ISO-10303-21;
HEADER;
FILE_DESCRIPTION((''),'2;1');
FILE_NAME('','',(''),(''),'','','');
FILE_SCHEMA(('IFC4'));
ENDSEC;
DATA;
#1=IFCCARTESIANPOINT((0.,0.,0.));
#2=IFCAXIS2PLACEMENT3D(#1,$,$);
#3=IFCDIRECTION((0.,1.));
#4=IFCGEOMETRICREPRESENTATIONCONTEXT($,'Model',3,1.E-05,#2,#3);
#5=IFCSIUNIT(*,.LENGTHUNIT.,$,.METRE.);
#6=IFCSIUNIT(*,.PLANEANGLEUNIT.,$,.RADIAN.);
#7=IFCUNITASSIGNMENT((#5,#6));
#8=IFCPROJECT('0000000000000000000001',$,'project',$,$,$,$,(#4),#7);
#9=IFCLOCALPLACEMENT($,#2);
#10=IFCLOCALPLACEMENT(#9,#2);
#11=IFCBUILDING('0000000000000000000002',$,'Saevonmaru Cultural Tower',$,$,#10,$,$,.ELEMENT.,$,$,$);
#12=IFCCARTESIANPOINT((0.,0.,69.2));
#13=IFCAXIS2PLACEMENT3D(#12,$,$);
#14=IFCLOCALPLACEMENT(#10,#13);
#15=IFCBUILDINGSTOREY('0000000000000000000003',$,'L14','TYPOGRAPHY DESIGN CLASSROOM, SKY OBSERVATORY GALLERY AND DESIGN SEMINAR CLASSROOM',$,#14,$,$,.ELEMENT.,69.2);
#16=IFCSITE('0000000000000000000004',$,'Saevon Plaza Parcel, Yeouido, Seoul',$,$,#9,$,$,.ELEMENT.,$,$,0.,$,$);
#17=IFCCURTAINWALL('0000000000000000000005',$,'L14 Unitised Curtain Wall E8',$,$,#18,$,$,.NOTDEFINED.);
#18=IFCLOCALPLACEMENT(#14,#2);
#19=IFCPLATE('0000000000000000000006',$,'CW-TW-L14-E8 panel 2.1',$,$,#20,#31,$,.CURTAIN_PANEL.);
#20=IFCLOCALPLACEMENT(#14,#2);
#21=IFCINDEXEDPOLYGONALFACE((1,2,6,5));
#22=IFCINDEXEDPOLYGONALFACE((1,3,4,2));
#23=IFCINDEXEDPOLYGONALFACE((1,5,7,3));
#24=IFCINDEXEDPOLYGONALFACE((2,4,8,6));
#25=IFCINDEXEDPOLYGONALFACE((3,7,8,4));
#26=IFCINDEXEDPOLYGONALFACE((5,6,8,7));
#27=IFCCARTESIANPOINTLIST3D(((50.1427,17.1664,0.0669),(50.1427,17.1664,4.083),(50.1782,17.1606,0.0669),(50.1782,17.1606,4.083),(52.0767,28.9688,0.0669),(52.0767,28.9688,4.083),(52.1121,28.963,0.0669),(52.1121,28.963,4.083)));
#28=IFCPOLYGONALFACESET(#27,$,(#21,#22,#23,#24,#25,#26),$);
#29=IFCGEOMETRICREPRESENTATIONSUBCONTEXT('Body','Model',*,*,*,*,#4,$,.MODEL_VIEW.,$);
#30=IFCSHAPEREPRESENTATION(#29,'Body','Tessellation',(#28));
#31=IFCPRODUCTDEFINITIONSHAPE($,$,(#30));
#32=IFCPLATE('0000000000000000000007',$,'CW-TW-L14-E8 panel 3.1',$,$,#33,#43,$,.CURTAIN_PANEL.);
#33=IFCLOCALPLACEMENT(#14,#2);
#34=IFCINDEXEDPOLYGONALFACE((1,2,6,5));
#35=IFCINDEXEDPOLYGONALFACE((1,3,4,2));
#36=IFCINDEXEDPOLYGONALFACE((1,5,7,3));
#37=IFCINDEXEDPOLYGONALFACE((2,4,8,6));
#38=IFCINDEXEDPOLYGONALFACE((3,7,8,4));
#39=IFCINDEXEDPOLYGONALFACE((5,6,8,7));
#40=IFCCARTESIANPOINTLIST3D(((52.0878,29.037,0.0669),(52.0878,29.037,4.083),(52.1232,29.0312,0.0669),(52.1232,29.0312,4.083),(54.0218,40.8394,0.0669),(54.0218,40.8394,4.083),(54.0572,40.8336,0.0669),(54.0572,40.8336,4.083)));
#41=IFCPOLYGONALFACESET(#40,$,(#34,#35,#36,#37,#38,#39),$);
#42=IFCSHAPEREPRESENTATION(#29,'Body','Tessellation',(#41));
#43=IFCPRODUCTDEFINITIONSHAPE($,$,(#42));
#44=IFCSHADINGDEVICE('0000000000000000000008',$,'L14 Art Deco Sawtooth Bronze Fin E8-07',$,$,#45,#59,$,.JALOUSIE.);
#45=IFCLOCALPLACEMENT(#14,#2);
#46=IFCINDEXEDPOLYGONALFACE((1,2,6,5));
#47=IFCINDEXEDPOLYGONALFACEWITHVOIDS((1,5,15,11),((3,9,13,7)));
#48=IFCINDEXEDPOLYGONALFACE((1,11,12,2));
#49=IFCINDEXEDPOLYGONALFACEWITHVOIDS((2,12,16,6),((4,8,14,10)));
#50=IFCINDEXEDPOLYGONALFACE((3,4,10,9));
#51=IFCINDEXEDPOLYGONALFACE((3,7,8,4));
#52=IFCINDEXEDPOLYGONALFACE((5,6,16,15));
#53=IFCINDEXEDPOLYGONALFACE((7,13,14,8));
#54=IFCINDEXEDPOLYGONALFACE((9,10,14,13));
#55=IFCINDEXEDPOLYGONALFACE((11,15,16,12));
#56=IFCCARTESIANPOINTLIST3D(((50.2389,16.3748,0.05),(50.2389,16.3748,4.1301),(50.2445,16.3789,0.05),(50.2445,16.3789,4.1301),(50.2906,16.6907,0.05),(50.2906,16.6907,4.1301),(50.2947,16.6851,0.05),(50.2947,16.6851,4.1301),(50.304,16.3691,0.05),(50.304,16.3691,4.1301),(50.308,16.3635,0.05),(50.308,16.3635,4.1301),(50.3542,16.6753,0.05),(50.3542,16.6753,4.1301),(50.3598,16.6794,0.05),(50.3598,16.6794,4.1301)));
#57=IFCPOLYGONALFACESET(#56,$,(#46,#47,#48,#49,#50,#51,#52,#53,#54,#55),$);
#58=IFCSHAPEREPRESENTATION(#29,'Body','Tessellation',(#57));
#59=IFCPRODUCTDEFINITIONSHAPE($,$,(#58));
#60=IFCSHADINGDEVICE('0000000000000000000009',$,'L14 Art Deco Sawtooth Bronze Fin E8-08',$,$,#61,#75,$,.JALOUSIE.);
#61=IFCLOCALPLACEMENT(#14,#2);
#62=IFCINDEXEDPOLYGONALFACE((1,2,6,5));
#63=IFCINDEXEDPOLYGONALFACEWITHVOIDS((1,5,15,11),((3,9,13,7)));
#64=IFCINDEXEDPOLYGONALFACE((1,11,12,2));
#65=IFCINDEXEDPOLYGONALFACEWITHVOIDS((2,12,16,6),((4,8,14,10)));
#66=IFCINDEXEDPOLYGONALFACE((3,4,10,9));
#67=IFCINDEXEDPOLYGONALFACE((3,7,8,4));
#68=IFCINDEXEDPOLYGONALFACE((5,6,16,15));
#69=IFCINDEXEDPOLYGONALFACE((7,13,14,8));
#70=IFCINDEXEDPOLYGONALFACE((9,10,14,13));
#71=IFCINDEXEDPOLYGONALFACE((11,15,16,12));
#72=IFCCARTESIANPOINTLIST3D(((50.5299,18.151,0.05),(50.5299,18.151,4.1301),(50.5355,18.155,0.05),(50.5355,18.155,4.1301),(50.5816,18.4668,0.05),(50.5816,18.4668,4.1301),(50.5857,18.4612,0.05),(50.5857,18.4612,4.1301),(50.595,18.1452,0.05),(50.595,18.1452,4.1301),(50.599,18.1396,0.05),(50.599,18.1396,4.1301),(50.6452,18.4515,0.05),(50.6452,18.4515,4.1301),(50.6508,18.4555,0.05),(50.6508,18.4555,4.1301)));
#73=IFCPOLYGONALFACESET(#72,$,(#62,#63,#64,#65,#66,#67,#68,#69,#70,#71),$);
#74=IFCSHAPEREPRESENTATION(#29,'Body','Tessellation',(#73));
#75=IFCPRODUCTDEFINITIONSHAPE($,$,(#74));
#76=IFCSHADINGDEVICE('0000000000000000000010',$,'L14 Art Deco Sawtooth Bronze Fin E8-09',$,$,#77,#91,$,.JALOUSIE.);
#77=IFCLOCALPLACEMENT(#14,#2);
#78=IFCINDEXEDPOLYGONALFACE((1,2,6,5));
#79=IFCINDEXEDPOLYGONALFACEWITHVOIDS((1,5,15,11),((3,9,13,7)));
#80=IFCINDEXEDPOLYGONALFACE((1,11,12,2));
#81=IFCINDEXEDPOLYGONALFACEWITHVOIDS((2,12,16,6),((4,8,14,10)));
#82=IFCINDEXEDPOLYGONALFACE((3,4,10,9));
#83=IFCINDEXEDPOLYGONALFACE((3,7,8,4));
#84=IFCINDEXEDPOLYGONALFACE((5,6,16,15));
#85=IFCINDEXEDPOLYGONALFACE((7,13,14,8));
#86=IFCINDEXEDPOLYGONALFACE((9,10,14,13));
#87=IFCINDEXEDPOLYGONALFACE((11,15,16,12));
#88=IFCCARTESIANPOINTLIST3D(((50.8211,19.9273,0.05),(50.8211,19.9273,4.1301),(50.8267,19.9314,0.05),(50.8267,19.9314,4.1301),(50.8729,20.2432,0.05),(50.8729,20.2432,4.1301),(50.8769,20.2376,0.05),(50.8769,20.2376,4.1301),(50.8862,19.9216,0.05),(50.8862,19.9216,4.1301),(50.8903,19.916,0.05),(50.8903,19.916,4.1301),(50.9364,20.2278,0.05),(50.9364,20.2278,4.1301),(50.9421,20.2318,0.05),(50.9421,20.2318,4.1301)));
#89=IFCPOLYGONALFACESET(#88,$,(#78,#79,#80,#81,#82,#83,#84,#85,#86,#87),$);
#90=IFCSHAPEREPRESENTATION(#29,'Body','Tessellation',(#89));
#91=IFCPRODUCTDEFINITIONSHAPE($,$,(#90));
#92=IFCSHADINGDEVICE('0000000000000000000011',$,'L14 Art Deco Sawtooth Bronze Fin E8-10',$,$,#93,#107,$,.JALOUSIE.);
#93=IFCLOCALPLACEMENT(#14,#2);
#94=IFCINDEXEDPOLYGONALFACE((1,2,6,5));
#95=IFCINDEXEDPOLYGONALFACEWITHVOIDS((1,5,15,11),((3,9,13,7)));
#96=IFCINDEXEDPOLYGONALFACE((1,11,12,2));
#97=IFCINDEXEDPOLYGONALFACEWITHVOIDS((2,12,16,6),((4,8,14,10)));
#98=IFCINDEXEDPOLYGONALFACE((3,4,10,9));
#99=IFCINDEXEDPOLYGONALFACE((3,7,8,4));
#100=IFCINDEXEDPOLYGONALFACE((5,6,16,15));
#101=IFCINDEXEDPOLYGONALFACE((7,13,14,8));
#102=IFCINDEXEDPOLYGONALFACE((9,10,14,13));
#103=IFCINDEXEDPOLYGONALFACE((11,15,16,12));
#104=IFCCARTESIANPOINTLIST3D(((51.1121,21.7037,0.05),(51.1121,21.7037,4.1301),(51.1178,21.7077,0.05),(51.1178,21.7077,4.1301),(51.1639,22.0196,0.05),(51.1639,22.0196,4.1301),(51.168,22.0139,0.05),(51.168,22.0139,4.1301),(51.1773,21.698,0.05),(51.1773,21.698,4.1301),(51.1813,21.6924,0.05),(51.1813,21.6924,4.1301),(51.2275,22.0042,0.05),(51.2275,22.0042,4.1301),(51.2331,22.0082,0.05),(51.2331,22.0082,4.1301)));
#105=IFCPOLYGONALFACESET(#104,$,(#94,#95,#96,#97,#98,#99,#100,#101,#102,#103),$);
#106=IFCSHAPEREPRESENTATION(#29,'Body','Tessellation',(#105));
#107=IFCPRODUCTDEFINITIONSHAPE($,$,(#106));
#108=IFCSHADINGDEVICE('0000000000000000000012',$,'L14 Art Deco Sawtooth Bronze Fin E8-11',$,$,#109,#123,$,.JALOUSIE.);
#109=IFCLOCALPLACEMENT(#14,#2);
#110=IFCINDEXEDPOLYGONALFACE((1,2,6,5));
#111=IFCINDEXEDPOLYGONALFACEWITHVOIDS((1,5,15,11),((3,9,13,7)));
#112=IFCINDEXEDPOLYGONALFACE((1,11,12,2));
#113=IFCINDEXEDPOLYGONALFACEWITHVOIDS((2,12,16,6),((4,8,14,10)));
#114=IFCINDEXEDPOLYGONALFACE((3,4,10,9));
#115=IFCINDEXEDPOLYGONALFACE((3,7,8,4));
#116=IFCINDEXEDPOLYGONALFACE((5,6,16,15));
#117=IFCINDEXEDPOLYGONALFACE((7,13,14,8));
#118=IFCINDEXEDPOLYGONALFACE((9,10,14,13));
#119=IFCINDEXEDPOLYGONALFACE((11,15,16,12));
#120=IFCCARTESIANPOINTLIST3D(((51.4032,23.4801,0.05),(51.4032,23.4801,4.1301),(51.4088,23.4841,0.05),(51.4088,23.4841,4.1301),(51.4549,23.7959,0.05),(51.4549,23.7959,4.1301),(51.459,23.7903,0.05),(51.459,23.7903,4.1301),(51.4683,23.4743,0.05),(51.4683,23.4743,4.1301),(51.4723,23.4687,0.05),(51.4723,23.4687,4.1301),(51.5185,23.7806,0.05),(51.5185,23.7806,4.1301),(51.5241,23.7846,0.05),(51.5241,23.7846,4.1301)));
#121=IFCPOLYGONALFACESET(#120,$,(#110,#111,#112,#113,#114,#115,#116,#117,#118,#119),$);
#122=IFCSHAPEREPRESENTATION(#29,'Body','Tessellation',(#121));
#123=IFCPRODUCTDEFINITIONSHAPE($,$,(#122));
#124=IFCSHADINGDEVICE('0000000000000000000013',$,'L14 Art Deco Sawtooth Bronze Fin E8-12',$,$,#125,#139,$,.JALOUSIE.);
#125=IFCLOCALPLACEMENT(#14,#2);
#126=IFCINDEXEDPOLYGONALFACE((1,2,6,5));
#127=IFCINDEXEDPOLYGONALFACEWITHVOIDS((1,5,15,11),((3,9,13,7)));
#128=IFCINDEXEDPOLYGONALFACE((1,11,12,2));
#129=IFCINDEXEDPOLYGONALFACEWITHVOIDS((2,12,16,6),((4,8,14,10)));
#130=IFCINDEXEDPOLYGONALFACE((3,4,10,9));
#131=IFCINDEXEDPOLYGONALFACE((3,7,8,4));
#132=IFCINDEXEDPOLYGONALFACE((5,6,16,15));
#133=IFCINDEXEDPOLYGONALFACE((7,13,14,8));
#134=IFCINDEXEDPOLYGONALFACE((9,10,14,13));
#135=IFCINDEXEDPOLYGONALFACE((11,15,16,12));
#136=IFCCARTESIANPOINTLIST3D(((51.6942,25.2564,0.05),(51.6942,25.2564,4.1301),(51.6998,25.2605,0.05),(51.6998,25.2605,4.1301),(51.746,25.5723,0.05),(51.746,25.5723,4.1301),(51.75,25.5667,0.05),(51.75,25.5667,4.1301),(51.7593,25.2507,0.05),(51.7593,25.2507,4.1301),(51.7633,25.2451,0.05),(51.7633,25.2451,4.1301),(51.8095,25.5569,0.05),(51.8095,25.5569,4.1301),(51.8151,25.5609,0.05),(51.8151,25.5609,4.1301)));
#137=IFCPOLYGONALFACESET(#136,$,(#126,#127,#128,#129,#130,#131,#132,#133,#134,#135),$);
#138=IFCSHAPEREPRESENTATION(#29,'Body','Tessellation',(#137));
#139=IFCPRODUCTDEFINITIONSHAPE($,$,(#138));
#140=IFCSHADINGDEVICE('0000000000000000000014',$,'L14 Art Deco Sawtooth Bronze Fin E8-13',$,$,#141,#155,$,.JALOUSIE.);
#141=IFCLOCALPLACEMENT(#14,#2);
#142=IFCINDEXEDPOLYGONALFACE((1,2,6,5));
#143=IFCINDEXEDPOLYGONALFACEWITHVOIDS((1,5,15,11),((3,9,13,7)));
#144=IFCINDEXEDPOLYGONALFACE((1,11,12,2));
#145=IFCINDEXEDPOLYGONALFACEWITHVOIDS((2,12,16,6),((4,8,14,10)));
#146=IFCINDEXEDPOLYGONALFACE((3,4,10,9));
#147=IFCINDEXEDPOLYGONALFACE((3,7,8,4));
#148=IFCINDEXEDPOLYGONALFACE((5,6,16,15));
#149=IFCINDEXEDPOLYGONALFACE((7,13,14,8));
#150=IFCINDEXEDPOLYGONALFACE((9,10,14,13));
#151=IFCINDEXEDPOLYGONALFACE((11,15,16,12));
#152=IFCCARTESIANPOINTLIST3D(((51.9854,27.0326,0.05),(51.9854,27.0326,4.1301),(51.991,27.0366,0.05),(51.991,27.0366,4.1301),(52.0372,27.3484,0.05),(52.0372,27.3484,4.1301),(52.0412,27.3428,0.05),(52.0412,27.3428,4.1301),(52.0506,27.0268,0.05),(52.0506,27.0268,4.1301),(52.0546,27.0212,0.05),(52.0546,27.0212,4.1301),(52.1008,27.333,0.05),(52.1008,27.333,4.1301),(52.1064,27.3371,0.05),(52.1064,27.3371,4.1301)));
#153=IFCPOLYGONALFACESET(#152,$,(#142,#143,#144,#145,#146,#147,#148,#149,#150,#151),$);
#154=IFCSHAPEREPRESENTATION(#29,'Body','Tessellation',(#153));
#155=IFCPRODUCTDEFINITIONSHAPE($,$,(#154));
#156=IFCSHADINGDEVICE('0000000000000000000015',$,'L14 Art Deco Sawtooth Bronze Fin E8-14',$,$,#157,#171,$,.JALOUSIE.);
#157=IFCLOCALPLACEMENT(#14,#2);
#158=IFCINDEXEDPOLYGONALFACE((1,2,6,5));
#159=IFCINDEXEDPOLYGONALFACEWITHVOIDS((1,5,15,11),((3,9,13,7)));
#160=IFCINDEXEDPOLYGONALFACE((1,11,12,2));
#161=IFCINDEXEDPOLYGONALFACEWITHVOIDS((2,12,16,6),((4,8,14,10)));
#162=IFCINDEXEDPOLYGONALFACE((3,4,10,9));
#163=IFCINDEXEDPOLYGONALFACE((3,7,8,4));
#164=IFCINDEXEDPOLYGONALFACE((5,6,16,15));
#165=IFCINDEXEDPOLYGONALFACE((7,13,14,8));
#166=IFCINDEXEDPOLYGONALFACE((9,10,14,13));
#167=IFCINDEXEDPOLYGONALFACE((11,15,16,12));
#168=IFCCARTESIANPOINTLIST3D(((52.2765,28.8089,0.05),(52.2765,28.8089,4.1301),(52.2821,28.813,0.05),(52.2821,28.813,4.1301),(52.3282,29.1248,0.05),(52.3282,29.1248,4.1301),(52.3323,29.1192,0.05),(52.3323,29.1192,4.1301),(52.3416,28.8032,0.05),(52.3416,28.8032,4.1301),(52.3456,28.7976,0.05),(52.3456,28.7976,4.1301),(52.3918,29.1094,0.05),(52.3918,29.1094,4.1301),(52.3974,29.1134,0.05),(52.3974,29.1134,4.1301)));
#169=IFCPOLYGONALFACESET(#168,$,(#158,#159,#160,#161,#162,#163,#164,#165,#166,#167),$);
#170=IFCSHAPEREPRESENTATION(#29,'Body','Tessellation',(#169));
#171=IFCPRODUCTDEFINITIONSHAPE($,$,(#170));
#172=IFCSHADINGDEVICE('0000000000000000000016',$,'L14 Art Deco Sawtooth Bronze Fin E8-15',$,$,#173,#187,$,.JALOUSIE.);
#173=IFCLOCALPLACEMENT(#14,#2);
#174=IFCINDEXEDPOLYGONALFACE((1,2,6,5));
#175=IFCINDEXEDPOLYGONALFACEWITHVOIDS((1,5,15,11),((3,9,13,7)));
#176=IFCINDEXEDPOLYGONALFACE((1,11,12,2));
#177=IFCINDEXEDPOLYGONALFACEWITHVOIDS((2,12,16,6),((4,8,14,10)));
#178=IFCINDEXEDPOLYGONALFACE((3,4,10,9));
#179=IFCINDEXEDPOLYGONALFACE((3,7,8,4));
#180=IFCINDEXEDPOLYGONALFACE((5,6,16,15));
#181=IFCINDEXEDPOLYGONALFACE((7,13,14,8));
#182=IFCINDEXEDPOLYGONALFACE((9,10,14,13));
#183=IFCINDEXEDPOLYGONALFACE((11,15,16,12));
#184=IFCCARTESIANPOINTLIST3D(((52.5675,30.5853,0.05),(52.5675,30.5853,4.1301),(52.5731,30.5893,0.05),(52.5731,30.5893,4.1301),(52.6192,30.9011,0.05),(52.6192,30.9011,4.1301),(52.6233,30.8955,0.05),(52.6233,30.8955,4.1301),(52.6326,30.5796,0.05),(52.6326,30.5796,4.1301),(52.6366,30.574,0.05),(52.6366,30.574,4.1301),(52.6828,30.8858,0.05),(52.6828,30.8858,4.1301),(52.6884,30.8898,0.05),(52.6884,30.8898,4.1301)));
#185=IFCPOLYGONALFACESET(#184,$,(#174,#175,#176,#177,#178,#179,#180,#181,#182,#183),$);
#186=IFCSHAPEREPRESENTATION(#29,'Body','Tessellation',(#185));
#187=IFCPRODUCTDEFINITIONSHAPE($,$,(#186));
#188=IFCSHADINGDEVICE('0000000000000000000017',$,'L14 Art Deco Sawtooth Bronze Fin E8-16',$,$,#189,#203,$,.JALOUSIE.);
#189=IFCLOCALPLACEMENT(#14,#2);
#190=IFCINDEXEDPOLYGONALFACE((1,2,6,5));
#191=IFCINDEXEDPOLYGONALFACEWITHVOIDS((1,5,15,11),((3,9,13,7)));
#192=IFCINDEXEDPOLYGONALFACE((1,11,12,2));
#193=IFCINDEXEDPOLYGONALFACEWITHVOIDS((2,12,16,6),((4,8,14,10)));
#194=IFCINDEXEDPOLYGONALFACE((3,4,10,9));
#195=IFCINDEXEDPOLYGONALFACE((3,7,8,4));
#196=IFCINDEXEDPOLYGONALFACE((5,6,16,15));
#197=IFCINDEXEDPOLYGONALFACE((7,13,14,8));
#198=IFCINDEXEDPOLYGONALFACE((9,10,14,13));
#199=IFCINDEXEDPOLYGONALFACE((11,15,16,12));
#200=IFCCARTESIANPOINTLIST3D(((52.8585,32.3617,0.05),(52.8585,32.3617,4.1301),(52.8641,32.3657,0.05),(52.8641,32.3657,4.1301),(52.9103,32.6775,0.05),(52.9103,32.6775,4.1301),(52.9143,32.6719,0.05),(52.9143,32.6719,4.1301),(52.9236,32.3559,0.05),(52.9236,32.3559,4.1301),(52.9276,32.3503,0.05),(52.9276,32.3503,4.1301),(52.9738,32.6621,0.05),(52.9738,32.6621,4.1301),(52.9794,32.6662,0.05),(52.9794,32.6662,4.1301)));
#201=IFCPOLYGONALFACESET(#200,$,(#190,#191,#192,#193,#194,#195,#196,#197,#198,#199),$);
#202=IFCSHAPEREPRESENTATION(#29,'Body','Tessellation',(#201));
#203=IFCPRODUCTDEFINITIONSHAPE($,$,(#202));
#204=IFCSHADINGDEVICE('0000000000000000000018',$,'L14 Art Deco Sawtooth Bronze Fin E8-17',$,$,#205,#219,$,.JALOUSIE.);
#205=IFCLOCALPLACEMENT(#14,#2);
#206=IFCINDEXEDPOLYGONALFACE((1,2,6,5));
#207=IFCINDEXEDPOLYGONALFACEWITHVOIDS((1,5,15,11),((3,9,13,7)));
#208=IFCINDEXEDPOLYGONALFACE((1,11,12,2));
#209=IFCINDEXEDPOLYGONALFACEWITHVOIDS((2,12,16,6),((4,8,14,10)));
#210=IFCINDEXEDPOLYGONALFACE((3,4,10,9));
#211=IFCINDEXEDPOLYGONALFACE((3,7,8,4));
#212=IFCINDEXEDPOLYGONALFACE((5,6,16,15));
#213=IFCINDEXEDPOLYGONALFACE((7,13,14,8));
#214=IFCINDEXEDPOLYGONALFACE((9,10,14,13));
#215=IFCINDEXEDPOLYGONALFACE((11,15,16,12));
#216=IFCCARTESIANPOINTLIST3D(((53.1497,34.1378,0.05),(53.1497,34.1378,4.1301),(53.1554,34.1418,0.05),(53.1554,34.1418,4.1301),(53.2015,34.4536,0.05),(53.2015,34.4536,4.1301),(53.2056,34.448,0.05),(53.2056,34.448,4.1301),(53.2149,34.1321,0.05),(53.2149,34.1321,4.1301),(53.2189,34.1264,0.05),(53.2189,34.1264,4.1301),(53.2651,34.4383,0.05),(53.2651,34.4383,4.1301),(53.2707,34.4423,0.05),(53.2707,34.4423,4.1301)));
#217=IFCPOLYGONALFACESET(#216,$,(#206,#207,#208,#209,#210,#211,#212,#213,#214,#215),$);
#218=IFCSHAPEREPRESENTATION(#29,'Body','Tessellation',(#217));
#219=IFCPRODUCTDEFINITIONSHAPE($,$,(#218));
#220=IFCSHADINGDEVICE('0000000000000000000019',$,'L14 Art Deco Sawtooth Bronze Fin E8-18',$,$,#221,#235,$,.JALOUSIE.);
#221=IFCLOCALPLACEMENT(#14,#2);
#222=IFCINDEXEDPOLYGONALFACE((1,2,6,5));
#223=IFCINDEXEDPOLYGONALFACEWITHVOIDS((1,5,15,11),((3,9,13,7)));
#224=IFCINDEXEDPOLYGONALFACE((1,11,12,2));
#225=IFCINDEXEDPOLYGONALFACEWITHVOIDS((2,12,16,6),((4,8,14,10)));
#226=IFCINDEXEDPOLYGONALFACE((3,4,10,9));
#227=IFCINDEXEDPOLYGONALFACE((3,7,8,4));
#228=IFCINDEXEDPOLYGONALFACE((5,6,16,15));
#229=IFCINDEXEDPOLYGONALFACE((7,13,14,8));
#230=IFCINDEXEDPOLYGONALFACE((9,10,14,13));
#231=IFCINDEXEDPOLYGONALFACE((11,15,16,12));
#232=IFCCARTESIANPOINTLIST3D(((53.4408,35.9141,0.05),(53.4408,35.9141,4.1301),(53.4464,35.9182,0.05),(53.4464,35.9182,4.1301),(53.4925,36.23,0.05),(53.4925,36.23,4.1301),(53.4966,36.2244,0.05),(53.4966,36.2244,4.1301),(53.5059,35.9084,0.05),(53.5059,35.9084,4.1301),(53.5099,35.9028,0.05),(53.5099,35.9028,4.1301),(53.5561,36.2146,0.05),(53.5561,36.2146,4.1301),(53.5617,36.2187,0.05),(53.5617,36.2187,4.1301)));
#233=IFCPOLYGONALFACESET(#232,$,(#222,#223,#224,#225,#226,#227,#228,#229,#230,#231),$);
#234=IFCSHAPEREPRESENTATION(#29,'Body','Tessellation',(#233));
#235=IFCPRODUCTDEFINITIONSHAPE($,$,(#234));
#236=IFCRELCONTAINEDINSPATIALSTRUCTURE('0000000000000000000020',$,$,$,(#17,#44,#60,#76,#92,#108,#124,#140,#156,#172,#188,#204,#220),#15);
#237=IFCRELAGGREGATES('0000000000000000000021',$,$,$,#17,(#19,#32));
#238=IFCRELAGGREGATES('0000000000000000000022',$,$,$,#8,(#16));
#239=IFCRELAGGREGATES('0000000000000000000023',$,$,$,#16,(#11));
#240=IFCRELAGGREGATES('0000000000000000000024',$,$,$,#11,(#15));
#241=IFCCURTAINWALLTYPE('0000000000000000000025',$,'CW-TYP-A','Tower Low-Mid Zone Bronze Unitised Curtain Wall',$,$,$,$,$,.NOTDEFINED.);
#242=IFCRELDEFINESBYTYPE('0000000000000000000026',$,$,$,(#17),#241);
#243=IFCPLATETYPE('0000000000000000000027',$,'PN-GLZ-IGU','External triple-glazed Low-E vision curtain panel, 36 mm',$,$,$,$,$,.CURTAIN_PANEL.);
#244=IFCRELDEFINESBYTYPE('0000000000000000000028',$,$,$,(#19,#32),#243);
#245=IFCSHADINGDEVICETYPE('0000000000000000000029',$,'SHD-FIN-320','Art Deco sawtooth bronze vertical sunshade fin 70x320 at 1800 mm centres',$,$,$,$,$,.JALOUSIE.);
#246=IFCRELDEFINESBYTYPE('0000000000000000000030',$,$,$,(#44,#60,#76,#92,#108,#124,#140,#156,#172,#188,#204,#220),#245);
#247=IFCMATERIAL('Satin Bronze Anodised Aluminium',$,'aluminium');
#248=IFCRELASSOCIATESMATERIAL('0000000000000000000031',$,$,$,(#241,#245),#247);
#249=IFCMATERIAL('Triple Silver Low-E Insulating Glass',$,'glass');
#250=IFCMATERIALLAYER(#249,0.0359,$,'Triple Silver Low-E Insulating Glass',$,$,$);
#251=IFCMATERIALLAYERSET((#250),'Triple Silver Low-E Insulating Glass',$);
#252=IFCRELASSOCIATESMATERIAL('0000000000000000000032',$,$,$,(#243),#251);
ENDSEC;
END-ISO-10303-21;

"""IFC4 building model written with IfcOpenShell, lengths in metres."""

from ifc_helpers import new_model, si_unit, direction, frame, origin, origin_2d, place, context, subcontext, project, spatial, rectangle, hollow_rectangle, extrude, material, layer, layer_set, material_profile, profile_set, type_object, element, aggregate, save


model = new_model("IFC4")

# Units and contexts
model_context = context("Model", 3, precision=1e-05, world=origin(), true_north=direction((0.0, 1.0)))
body_context = subcontext(model_context, "Body", "Model", "MODEL_VIEW")
ifc_project = project(units=[si_unit("LENGTHUNIT", "METRE"), si_unit("PLANEANGLEUNIT", "RADIAN")], contexts=[model_context])

# Site, building, storey
site_placement = place(None, origin())
site = spatial("IfcSite", under=ifc_project, at=site_placement, Name="Saevon Plaza Parcel, Yeouido, Seoul", CompositionType="ELEMENT", RefElevation=0.0)
building_placement = place(site_placement, origin())
building = spatial("IfcBuilding", under=site, at=building_placement, Name="Saevonmaru Cultural Tower", CompositionType="ELEMENT")
storey_placement = place(building_placement, frame((0.0, 0.0, 69.2)))
storey = spatial("IfcBuildingStorey", under=building, at=storey_placement, Name="L14", Description="TYPOGRAPHY DESIGN CLASSROOM, SKY OBSERVATORY GALLERY AND DESIGN SEMINAR CLASSROOM", CompositionType="ELEMENT", Elevation=69.2)

# Curtain wall, plates
ifc_material_1 = material(Name="Satin Bronze Anodised Aluminium", Category="aluminium")
curtain_wall_type = type_object("IfcCurtainWallType", Name="CW-TYP-A", Description="Tower Low-Mid Zone Bronze Unitised Curtain Wall", PredefinedType="NOTDEFINED", material=ifc_material_1)
curtain_wall_placement = place(storey_placement, origin())
curtain_wall = element("IfcCurtainWall", 1, at=curtain_wall_placement, inside=storey, type_object=curtain_wall_type, Name="L14 Unitised Curtain Wall E8", PredefinedType="NOTDEFINED")
ifc_material_2 = material(Name="Triple Silver Low-E Insulating Glass", Category="glass")
ifc_layer_1 = layer(ifc_material_2, 0.0359, Name="Triple Silver Low-E Insulating Glass")
ifc_layer_set_1 = layer_set([ifc_layer_1], Name="Triple Silver Low-E Insulating Glass")
plate_type = type_object("IfcPlateType", Name="PN-GLZ-IGU", Description="External triple-glazed Low-E vision curtain panel, 36 mm", PredefinedType="CURTAIN_PANEL", material=ifc_layer_set_1)
plate_1_placement = place(storey_placement, frame((51.1274, 23.0647, 0.0669), z_axis=(0.0, 0.0, 1.0), x_axis=(0.161709, 0.986839, 0.0)))
plate_1 = element("IfcPlate", 2, at=plate_1_placement, type_object=plate_type, Name="CW-TW-L14-E8 panel 2.1", PredefinedType="CURTAIN_PANEL", context=body_context, shape_type="SweptSolid", body=[
    extrude(rectangle(XDim=11.9597, YDim=0.0359, at=origin_2d()), origin(), (0.0, 0.0, 1.0), 4.0161),
])
plate_2_placement = place(storey_placement, frame((53.0725, 34.9353, 0.0669), z_axis=(0.0, 0.0, 1.0), x_axis=(0.161709, 0.986839, 0.0)))
plate_2 = element("IfcPlate", 3, at=plate_2_placement, type_object=plate_type, Name="CW-TW-L14-E8 panel 3.1", PredefinedType="CURTAIN_PANEL", context=body_context, shape_type="SweptSolid", body=[
    extrude(rectangle(XDim=11.9597, YDim=0.0359, at=origin_2d()), origin(), (0.0, 0.0, 1.0), 4.0161),
])
aggregate(curtain_wall, [plate_1, plate_2])

# Shading devices
ifc_material_profile_1 = material_profile(ifc_material_1, hollow_rectangle(XDim=0.0701, YDim=0.3201, WallThickness=0.0049, at=origin_2d()), Name="FIN-320x70")
ifc_profile_set_1 = profile_set([ifc_material_profile_1], Name="Satin Bronze Anodised Aluminium")
shading_device_type = type_object("IfcShadingDeviceType", Name="SHD-FIN-320", Description="Art Deco sawtooth bronze vertical sunshade fin 70x320 at 1800 mm centres", PredefinedType="JALOUSIE", material=ifc_profile_set_1)
for number, where, z_axis, x_axis, name in (
    (4, (50.2993, 16.5271, 0.05), (0.0, 0.0, 1.0), (0.986827, -0.161776, 0.0), "L14 Art Deco Sawtooth Bronze Fin E8-07"),
    (5, (50.5903, 18.3032, 0.05), (0.0, 0.0, 1.0), (0.986827, -0.161776, 0.0), "L14 Art Deco Sawtooth Bronze Fin E8-08"),
    (6, (50.8816, 20.0796, 0.05), (0.0, 0.0, 1.0), (0.986827, -0.161776, 0.0), "L14 Art Deco Sawtooth Bronze Fin E8-09"),
    (7, (51.1726, 21.856, 0.05), (0.0, 0.0, 1.0), (0.986827, -0.161776, 0.0), "L14 Art Deco Sawtooth Bronze Fin E8-10"),
    (8, (51.4636, 23.6323, 0.05), (0.0, 0.0, 1.0), (0.986827, -0.161776, 0.0), "L14 Art Deco Sawtooth Bronze Fin E8-11"),
    (9, (51.7546, 25.4087, 0.05), (0.0, 0.0, 1.0), (0.986827, -0.161776, 0.0), "L14 Art Deco Sawtooth Bronze Fin E8-12"),
    (10, (52.0459, 27.1848, 0.05), (0.0, 0.0, 1.0), (0.986827, -0.161776, 0.0), "L14 Art Deco Sawtooth Bronze Fin E8-13"),
    (11, (52.3369, 28.9612, 0.05), (0.0, 0.0, 1.0), (0.986827, -0.161776, 0.0), "L14 Art Deco Sawtooth Bronze Fin E8-14"),
    (12, (52.6279, 30.7375, 0.05), (0.0, 0.0, 1.0), (0.986827, -0.161776, 0.0), "L14 Art Deco Sawtooth Bronze Fin E8-15"),
    (13, (52.9189, 32.5139, 0.05), (0.0, 0.0, 1.0), (0.986827, -0.161776, 0.0), "L14 Art Deco Sawtooth Bronze Fin E8-16"),
    (14, (53.2102, 34.29, 0.05), (0.0, 0.0, 1.0), (0.986827, -0.161776, 0.0), "L14 Art Deco Sawtooth Bronze Fin E8-17"),
    (15, (53.5012, 36.0664, 0.05), (0.0, 0.0, 1.0), (0.986827, -0.161776, 0.0), "L14 Art Deco Sawtooth Bronze Fin E8-18"),
):
    element("IfcShadingDevice", number, at=place(storey_placement, frame(where, z_axis=z_axis, x_axis=x_axis)), inside=storey, type_object=shading_device_type, Name=name, PredefinedType="JALOUSIE", context=body_context, shape_type="SweptSolid", body=[
        extrude(hollow_rectangle(XDim=0.0701, YDim=0.3201, WallThickness=0.0049, at=origin_2d()), origin(), (0.0, 0.0, 1.0), 4.0801),
    ])

save(model, "model.ifc")
